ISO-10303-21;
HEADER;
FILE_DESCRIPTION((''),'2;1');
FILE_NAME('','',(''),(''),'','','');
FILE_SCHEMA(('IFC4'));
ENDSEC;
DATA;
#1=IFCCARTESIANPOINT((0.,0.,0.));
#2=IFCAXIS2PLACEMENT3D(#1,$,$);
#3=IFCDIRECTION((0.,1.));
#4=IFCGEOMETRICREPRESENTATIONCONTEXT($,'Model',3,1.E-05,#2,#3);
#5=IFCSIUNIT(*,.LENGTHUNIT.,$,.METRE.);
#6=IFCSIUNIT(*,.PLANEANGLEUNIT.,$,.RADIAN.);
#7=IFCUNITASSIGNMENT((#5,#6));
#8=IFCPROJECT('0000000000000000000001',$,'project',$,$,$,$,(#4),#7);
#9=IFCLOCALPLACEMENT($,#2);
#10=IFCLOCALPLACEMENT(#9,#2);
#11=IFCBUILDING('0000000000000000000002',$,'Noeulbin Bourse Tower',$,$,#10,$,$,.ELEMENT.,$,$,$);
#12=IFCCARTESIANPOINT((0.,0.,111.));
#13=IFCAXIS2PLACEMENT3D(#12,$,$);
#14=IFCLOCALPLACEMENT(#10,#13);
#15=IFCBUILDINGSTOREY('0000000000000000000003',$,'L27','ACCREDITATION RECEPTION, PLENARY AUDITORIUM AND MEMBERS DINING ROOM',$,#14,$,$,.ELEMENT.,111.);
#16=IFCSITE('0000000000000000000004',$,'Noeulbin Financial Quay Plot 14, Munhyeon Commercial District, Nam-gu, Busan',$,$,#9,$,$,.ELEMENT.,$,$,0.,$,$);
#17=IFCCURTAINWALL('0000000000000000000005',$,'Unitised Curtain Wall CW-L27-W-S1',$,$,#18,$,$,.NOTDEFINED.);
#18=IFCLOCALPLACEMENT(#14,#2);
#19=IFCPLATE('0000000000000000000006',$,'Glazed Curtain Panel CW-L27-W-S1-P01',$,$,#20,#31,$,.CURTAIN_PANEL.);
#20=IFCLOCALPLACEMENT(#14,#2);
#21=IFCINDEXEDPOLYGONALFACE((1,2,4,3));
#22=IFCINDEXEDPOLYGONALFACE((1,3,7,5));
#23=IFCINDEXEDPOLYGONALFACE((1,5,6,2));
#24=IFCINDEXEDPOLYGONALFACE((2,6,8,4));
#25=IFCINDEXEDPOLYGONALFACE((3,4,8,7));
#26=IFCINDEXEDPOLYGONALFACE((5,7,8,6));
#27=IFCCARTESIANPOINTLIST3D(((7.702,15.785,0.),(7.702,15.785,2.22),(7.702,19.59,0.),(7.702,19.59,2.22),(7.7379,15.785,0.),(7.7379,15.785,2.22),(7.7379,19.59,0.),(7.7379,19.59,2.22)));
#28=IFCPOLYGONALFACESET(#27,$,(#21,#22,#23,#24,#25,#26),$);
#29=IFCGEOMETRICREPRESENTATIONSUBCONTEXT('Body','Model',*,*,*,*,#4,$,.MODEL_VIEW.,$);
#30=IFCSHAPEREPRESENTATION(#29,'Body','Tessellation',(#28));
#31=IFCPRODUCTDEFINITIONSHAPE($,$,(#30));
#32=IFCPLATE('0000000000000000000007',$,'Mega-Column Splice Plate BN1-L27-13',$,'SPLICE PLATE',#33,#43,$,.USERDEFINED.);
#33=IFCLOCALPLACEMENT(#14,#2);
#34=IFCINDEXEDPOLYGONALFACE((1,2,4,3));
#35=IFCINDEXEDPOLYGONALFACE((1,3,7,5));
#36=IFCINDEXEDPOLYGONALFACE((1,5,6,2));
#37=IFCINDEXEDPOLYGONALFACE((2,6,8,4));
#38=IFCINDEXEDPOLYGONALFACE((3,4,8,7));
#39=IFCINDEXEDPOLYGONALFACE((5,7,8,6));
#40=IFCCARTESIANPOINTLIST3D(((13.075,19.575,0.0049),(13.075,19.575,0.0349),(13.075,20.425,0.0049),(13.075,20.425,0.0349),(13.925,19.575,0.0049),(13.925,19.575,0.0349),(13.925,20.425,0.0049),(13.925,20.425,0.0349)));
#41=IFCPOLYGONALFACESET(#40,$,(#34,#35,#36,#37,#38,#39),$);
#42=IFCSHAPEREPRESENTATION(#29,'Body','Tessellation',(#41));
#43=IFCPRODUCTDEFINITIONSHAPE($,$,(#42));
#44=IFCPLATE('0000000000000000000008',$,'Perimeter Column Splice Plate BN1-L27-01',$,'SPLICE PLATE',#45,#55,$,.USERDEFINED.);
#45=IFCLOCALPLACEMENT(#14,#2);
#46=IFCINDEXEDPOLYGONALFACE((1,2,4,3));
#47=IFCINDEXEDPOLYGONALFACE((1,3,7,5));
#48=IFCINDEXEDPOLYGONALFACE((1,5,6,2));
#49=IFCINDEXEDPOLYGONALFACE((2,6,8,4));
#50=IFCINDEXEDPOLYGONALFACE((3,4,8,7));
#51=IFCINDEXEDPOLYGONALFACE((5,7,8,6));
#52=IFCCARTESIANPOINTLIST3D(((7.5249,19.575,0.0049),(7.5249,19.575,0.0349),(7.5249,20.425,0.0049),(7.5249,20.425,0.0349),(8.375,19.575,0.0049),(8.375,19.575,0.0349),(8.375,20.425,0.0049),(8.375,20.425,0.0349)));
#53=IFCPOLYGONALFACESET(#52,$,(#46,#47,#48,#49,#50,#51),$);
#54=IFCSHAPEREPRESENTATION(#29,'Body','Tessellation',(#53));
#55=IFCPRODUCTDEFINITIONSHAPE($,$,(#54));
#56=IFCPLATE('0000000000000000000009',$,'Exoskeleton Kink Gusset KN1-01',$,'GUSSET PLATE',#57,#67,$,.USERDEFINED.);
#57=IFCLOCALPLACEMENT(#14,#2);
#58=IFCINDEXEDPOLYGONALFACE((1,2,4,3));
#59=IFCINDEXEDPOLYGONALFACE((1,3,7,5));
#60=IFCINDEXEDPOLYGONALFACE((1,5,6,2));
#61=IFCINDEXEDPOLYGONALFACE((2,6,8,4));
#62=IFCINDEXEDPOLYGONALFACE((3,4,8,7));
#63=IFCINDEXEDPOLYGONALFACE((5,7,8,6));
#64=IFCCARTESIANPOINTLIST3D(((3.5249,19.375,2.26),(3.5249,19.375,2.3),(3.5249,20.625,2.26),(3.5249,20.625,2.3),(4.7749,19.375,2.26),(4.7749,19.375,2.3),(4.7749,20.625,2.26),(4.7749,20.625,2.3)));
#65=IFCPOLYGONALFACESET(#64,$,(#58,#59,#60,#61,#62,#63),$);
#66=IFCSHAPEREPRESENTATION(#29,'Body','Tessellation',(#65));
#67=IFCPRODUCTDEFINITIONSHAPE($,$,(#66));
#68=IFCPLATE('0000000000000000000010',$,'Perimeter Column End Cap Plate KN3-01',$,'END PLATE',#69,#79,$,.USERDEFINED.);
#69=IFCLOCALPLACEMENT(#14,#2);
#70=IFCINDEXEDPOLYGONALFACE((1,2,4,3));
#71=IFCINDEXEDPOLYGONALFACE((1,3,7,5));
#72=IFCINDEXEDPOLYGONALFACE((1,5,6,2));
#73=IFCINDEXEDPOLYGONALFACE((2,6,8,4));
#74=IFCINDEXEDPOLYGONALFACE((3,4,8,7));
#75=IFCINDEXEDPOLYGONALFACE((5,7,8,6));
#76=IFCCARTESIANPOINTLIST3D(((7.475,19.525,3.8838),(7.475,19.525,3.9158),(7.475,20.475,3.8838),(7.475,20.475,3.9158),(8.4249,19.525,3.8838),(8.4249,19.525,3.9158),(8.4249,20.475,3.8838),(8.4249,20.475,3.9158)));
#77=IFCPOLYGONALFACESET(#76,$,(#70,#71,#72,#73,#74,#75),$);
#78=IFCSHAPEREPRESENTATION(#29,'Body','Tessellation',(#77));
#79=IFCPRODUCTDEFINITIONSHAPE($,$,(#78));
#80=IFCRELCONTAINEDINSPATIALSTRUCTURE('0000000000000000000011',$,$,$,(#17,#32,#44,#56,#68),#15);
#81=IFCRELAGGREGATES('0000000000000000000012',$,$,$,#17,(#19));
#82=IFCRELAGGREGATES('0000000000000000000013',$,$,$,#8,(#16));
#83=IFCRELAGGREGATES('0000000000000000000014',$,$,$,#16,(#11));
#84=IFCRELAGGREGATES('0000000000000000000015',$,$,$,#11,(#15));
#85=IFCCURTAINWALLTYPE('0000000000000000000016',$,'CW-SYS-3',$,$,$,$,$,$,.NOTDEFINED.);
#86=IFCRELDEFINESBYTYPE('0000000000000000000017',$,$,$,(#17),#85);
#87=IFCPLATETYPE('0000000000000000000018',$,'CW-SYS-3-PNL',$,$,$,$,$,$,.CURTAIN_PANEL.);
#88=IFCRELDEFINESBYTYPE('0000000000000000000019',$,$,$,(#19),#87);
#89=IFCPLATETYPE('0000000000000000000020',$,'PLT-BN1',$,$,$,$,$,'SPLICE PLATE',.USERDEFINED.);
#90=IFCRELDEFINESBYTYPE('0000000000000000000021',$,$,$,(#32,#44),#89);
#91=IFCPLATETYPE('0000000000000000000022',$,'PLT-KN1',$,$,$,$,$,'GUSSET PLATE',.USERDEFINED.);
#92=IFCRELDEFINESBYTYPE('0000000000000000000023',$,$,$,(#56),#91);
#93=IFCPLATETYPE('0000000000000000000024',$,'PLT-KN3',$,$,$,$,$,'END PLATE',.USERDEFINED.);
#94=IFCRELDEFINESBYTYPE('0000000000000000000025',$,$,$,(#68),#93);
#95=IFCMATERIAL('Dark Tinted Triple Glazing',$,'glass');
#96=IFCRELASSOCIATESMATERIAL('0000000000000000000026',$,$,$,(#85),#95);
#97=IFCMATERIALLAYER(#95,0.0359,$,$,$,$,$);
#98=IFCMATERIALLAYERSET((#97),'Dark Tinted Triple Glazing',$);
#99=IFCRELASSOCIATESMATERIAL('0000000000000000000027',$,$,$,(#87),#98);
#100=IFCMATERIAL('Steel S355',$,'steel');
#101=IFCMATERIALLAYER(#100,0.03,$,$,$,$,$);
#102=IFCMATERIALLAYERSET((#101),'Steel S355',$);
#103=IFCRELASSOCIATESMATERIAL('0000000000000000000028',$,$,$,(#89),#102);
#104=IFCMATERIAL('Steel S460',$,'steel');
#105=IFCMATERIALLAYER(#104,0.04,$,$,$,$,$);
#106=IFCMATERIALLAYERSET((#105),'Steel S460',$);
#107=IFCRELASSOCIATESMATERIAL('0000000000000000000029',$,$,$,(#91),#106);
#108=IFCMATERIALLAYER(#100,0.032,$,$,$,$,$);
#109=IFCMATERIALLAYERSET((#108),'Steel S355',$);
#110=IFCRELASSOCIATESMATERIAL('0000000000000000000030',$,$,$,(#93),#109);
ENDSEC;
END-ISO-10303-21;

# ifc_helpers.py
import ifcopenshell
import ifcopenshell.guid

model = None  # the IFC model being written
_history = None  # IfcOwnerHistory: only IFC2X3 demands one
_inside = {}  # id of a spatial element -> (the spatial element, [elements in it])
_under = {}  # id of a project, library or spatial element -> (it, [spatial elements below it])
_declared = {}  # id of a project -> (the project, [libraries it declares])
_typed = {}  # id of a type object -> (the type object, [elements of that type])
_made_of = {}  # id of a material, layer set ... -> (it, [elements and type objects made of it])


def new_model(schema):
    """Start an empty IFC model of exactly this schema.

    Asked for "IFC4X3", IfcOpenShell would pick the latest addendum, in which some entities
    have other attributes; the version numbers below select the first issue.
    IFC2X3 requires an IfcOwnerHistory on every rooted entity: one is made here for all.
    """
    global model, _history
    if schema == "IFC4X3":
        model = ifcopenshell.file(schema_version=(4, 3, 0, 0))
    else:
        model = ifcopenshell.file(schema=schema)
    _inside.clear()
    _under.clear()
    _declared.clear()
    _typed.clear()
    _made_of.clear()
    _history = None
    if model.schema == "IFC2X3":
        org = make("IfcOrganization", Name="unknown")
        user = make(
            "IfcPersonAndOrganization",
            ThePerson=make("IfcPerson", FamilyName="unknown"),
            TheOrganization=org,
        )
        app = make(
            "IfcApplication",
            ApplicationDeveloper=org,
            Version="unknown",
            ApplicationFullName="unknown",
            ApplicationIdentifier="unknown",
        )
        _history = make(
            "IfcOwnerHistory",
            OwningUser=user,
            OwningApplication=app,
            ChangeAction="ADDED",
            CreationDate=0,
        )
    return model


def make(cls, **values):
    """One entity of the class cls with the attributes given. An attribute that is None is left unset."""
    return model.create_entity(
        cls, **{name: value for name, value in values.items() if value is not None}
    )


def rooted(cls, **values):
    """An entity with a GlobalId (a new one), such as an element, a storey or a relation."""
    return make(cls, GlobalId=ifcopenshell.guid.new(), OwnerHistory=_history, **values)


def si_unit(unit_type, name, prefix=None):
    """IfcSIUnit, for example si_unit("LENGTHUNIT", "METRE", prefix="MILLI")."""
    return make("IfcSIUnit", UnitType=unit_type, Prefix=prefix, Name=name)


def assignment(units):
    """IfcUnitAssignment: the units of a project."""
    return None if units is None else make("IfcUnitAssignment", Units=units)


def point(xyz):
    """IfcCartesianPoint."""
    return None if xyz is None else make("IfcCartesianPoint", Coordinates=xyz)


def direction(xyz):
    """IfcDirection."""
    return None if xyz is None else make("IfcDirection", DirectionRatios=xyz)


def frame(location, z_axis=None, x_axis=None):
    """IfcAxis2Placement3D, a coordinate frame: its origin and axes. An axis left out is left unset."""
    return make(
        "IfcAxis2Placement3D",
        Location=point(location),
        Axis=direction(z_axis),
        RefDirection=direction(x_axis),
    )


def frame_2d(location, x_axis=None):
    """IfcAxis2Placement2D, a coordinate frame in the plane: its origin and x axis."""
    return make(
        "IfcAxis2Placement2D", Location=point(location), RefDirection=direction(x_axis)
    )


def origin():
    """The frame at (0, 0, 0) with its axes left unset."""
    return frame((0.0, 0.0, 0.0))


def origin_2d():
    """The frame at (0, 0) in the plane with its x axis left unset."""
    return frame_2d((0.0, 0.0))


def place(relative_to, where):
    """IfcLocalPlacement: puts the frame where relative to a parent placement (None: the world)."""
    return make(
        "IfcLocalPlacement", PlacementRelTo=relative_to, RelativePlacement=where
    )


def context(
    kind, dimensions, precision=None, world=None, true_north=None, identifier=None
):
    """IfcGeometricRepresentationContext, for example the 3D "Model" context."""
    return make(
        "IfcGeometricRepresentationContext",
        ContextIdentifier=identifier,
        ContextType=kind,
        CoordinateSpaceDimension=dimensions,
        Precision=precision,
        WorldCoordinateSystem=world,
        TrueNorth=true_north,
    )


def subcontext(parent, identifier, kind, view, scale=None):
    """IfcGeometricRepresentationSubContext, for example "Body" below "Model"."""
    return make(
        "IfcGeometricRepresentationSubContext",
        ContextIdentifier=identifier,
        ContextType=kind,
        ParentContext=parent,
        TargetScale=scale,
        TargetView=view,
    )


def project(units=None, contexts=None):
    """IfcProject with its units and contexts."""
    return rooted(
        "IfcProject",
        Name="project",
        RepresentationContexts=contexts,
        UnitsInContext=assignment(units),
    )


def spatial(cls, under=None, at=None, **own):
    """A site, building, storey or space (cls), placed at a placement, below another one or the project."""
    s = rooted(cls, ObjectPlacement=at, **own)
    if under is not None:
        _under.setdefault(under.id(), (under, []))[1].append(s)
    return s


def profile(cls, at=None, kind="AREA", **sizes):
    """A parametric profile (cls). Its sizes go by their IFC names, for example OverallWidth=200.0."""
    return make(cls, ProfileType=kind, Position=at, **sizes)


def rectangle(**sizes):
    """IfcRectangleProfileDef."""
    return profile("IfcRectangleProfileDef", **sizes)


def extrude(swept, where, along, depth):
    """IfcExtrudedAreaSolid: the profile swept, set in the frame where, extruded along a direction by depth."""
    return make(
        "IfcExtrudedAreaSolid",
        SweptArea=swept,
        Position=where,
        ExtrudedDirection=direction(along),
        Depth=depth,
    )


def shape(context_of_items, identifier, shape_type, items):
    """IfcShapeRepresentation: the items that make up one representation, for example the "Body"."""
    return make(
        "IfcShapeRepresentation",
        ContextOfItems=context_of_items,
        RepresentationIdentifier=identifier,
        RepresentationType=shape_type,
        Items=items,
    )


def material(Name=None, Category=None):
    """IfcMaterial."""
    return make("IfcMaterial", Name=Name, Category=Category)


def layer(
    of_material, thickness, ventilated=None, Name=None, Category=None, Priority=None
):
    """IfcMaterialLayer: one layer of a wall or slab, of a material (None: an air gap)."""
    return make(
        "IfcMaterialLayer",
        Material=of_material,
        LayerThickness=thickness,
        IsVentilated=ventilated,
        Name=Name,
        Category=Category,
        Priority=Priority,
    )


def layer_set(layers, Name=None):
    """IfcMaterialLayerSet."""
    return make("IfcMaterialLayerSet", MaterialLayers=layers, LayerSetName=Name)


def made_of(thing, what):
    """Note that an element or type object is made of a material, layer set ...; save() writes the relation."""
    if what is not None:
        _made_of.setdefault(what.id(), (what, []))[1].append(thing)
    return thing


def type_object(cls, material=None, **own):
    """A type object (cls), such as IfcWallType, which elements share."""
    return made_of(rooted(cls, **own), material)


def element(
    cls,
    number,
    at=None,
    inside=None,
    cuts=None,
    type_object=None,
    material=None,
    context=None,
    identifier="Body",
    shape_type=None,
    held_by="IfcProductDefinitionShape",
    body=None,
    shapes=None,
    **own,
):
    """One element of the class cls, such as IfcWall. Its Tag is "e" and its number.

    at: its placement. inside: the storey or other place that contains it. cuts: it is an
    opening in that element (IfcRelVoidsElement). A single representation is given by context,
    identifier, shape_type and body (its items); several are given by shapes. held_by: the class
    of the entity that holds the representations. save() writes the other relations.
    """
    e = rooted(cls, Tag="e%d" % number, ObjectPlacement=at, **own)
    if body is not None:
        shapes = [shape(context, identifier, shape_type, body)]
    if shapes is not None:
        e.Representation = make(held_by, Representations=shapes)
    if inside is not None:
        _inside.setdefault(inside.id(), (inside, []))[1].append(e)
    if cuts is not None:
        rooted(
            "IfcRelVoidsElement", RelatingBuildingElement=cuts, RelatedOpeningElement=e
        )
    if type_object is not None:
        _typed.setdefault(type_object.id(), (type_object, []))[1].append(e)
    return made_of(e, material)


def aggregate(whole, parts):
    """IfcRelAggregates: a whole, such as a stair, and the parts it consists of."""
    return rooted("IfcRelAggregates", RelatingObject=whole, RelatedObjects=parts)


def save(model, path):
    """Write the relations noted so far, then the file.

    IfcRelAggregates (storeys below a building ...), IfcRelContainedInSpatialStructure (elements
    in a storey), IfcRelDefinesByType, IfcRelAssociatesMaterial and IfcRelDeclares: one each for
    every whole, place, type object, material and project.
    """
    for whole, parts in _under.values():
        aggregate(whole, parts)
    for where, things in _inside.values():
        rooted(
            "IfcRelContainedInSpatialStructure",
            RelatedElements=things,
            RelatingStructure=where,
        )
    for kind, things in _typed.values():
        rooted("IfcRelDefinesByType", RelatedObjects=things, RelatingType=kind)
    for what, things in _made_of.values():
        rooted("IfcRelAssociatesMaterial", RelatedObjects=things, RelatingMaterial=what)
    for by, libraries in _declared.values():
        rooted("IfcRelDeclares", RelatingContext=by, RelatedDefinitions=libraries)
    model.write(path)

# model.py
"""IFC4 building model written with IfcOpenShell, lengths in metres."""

from ifc_helpers import new_model, si_unit, direction, frame, origin, origin_2d, place, context, subcontext, project, spatial, rectangle, extrude, material, layer, layer_set, type_object, element, aggregate, save


model = new_model("IFC4")

# Units and contexts
model_context = context("Model", 3, precision=1e-05, world=origin(), true_north=direction((0.0, 1.0)))
body_context = subcontext(model_context, "Body", "Model", "MODEL_VIEW")
ifc_project = project(units=[si_unit("LENGTHUNIT", "METRE"), si_unit("PLANEANGLEUNIT", "RADIAN")], contexts=[model_context])

# Site, building, storey
site_placement = place(None, origin())
site = spatial("IfcSite", under=ifc_project, at=site_placement, Name="Noeulbin Financial Quay Plot 14, Munhyeon Commercial District, Nam-gu, Busan", CompositionType="ELEMENT", RefElevation=0.0)
building_placement = place(site_placement, origin())
building = spatial("IfcBuilding", under=site, at=building_placement, Name="Noeulbin Bourse Tower", CompositionType="ELEMENT")
storey_placement = place(building_placement, frame((0.0, 0.0, 111.0)))
storey = spatial("IfcBuildingStorey", under=building, at=storey_placement, Name="L27", Description="ACCREDITATION RECEPTION, PLENARY AUDITORIUM AND MEMBERS DINING ROOM", CompositionType="ELEMENT", Elevation=111.0)

# Shared definitions
ifc_material_1 = material(Name="Steel S355", Category="steel")
ifc_material_2 = material(Name="Steel S460", Category="steel")

# Curtain wall, plate
ifc_material_3 = material(Name="Dark Tinted Triple Glazing", Category="glass")
curtain_wall_type = type_object("IfcCurtainWallType", Name="CW-SYS-3", PredefinedType="NOTDEFINED", material=ifc_material_3)
curtain_wall_placement = place(storey_placement, origin())
curtain_wall = element("IfcCurtainWall", 1, at=curtain_wall_placement, inside=storey, type_object=curtain_wall_type, Name="Unitised Curtain Wall CW-L27-W-S1", PredefinedType="NOTDEFINED")
ifc_layer_1 = layer(ifc_material_3, 0.0359)
ifc_layer_set_1 = layer_set([ifc_layer_1], Name="Dark Tinted Triple Glazing")
plate_type_1 = type_object("IfcPlateType", Name="CW-SYS-3-PNL", PredefinedType="CURTAIN_PANEL", material=ifc_layer_set_1)
plate_1_placement = place(storey_placement, frame((7.72, 17.6875, 0.0), z_axis=(0.0, 0.0, 1.0), x_axis=(0.0, 1.0, 0.0)))
plate_1 = element("IfcPlate", 2, at=plate_1_placement, type_object=plate_type_1, Name="Glazed Curtain Panel CW-L27-W-S1-P01", PredefinedType="CURTAIN_PANEL", context=body_context, shape_type="SweptSolid", body=[
    extrude(rectangle(XDim=3.8049, YDim=0.0359, at=origin_2d()), origin(), (0.0, 0.0, 1.0), 2.22),
])
aggregate(curtain_wall, [plate_1])

# Plates
ifc_layer_2 = layer(ifc_material_1, 0.03)
ifc_layer_set_2 = layer_set([ifc_layer_2], Name="Steel S355")
plate_type_2 = type_object("IfcPlateType", Name="PLT-BN1", ElementType="SPLICE PLATE", PredefinedType="USERDEFINED", material=ifc_layer_set_2)
for number, where, z_axis, x_axis, name in (
    (3, (13.5, 20.0, 0.0049), (0.0, 0.0, 1.0), (1.0, 0.0, 0.0), "Mega-Column Splice Plate BN1-L27-13"),
    (4, (7.95, 20.0, 0.0049), (0.0, 0.0, 1.0), (1.0, 0.0, 0.0), "Perimeter Column Splice Plate BN1-L27-01"),
):
    element("IfcPlate", number, at=place(storey_placement, frame(where, z_axis=z_axis, x_axis=x_axis)), inside=storey, type_object=plate_type_2, Name=name, ObjectType="SPLICE PLATE", PredefinedType="USERDEFINED", context=body_context, shape_type="SweptSolid", body=[
        extrude(rectangle(XDim=0.8501, YDim=0.8501, at=origin_2d()), origin(), (0.0, 0.0, 1.0), 0.03),
    ])
ifc_layer_3 = layer(ifc_material_2, 0.04)
ifc_layer_set_3 = layer_set([ifc_layer_3], Name="Steel S460")
plate_type_3 = type_object("IfcPlateType", Name="PLT-KN1", ElementType="GUSSET PLATE", PredefinedType="USERDEFINED", material=ifc_layer_set_3)
plate_2_placement = place(storey_placement, frame((4.1499, 20.0, 2.26), z_axis=(0.0, 0.0, 1.0), x_axis=(1.0, 0.0, 0.0)))
element("IfcPlate", 5, at=plate_2_placement, inside=storey, type_object=plate_type_3, Name="Exoskeleton Kink Gusset KN1-01", ObjectType="GUSSET PLATE", PredefinedType="USERDEFINED", context=body_context, shape_type="SweptSolid", body=[
    extrude(rectangle(XDim=1.25, YDim=1.25, at=origin_2d()), origin(), (0.0, 0.0, 1.0), 0.04),
])
ifc_layer_4 = layer(ifc_material_1, 0.032)
ifc_layer_set_4 = layer_set([ifc_layer_4], Name="Steel S355")
plate_type_4 = type_object("IfcPlateType", Name="PLT-KN3", ElementType="END PLATE", PredefinedType="USERDEFINED", material=ifc_layer_set_4)
plate_3_placement = place(storey_placement, frame((7.95, 20.0, 3.8838), z_axis=(0.0, 0.0, 1.0), x_axis=(1.0, 0.0, 0.0)))
element("IfcPlate", 6, at=plate_3_placement, inside=storey, type_object=plate_type_4, Name="Perimeter Column End Cap Plate KN3-01", ObjectType="END PLATE", PredefinedType="USERDEFINED", context=body_context, shape_type="SweptSolid", body=[
    extrude(rectangle(XDim=0.95, YDim=0.95, at=origin_2d()), origin(), (0.0, 0.0, 1.0), 0.032),
])

save(model, "model.ifc")
